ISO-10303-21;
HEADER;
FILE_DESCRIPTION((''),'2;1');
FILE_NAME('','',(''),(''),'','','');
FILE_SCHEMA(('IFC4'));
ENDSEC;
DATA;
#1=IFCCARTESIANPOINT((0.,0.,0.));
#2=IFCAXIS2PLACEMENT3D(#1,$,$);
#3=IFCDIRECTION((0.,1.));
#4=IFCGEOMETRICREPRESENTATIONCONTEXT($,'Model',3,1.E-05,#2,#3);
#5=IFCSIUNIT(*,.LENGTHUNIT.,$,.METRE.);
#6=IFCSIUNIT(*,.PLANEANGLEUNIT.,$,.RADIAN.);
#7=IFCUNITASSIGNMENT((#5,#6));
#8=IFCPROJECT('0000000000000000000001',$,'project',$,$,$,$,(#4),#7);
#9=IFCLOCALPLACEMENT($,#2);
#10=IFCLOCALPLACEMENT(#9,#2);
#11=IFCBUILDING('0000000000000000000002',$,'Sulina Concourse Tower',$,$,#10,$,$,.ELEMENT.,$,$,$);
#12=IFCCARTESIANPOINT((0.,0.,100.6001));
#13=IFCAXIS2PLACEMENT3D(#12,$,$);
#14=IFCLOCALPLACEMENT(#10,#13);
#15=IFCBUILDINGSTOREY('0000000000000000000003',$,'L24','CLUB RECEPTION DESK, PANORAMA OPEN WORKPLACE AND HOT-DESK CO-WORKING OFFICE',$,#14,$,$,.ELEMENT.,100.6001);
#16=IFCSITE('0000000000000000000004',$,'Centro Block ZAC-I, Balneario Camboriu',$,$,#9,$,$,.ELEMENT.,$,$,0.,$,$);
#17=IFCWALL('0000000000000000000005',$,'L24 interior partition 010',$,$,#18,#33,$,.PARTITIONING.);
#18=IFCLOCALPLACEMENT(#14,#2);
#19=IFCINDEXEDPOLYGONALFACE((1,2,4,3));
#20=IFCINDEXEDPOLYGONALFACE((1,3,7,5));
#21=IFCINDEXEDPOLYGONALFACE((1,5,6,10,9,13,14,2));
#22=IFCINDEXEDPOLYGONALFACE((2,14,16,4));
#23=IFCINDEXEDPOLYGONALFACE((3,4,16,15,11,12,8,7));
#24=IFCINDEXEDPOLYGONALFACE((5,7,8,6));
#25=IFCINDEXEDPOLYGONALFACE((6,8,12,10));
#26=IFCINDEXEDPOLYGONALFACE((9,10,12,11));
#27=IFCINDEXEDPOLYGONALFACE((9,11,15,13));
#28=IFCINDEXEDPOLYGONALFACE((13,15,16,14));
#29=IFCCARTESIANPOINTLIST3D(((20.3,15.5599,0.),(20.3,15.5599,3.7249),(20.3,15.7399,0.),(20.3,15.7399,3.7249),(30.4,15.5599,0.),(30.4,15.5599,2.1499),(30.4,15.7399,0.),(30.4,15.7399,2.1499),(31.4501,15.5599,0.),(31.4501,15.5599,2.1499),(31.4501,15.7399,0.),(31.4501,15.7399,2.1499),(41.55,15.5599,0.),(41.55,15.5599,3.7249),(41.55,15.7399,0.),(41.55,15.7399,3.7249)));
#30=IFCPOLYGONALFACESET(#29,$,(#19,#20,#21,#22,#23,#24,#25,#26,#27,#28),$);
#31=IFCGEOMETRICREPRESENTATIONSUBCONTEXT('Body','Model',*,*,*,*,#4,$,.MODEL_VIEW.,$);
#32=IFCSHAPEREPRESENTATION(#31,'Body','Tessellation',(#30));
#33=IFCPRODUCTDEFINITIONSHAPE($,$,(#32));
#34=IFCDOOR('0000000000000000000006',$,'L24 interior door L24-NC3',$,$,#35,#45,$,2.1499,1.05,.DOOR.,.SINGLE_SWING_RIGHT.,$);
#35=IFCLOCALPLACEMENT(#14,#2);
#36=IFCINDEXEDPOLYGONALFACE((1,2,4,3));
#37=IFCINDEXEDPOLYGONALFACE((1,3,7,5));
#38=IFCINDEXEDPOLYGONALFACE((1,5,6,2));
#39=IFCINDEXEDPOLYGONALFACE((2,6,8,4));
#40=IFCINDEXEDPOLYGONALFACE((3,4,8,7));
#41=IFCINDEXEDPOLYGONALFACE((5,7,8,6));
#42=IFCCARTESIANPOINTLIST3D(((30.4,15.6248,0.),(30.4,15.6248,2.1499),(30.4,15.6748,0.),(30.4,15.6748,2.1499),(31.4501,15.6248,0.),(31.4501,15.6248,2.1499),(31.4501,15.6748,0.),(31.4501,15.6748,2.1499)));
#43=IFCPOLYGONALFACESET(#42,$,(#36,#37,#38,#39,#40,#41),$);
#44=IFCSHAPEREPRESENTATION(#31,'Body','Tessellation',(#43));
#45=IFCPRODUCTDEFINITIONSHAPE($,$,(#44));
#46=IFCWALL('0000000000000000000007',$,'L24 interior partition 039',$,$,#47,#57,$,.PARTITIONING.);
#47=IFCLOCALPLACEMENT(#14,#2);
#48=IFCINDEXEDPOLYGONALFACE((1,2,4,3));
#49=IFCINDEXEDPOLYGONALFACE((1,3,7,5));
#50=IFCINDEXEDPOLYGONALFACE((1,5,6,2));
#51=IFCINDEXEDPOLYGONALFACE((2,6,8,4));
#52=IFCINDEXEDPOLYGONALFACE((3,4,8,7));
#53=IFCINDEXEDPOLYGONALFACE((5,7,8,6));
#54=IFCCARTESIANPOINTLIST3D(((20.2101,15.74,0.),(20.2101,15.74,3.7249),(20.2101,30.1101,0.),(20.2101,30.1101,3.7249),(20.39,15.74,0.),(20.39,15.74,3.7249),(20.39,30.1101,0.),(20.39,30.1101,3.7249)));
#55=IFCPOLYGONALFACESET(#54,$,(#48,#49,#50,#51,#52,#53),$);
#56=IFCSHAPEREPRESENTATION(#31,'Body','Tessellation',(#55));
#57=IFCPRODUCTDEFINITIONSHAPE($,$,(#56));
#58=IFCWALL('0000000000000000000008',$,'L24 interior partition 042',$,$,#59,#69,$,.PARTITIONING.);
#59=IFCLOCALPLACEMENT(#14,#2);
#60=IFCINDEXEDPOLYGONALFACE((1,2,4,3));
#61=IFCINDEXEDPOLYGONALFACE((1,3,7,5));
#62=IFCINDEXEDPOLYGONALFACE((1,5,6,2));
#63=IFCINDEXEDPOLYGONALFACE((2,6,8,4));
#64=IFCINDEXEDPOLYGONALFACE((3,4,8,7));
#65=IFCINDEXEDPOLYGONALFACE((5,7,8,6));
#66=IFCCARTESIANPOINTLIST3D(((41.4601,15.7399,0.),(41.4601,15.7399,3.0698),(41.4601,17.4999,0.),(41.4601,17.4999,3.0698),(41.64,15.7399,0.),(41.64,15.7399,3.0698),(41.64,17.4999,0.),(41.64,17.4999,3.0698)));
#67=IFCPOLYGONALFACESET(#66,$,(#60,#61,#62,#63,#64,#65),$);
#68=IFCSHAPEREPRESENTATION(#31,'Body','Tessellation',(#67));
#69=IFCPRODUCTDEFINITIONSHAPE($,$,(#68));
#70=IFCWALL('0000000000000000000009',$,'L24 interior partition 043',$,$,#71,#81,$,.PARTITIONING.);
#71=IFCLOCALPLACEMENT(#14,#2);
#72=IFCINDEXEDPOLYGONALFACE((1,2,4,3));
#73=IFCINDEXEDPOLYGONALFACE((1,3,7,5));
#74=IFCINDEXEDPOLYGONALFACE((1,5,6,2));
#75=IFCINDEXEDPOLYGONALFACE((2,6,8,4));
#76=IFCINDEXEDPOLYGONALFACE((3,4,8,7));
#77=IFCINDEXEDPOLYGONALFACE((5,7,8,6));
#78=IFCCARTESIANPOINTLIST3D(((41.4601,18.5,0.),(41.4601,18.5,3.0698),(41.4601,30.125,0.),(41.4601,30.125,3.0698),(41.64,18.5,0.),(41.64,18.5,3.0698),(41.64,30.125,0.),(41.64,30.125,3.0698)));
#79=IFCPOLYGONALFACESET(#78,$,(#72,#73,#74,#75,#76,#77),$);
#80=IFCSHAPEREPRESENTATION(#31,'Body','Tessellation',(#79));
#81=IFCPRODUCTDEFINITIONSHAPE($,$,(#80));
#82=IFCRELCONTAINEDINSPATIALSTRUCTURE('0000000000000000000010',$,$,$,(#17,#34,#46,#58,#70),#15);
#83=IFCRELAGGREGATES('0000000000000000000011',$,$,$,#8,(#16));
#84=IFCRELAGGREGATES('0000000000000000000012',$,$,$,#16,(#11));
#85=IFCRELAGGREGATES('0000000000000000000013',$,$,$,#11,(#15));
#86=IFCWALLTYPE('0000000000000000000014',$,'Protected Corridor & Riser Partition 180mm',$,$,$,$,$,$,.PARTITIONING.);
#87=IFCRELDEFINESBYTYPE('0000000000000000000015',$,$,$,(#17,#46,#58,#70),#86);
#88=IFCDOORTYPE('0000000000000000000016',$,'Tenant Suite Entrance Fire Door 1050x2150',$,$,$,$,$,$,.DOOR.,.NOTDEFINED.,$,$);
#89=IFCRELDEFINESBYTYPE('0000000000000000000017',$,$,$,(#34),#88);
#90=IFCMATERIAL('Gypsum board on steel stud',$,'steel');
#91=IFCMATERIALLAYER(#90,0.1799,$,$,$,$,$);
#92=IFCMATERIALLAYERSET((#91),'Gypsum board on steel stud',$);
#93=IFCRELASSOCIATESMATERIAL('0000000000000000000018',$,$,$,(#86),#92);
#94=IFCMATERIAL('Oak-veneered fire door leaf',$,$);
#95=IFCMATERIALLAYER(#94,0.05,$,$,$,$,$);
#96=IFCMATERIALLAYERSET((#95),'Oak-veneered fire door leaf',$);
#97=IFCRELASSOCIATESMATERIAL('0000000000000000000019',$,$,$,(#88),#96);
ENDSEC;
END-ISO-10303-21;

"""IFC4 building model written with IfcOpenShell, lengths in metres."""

from ifc_helpers import new_model, si_unit, direction, frame, frame_2d, origin, place, context, subcontext, project, spatial, rectangle, extrude, material, layer, layer_set, type_object, element, fill, save


model = new_model("IFC4")

# Units and contexts
model_context = context("Model", 3, precision=1e-05, world=origin(), true_north=direction((0.0, 1.0)))
body_context = subcontext(model_context, "Body", "Model", "MODEL_VIEW")
ifc_project = project(units=[si_unit("LENGTHUNIT", "METRE"), si_unit("PLANEANGLEUNIT", "RADIAN")], contexts=[model_context])

# Site, building, storey
site_placement = place(None, origin())
site = spatial("IfcSite", under=ifc_project, at=site_placement, Name="Centro Block ZAC-I, Balneario Camboriu", CompositionType="ELEMENT", RefElevation=0.0)
building_placement = place(site_placement, origin())
building = spatial("IfcBuilding", under=site, at=building_placement, Name="Sulina Concourse Tower", CompositionType="ELEMENT")
storey_placement = place(building_placement, frame((0.0, 0.0, 100.6001)))
storey = spatial("IfcBuildingStorey", under=building, at=storey_placement, Name="L24", Description="CLUB RECEPTION DESK, PANORAMA OPEN WORKPLACE AND HOT-DESK CO-WORKING OFFICE", CompositionType="ELEMENT", Elevation=100.6001)

# Wall, opening, door
ifc_material_1 = material(Name="Gypsum board on steel stud", Category="steel")
ifc_layer_1 = layer(ifc_material_1, 0.1799)
ifc_layer_set_1 = layer_set([ifc_layer_1], Name="Gypsum board on steel stud")
wall_type = type_object("IfcWallType", Name="Protected Corridor & Riser Partition 180mm", PredefinedType="PARTITIONING", material=ifc_layer_set_1)
ifc_material_2 = material(Name="Oak-veneered fire door leaf")
ifc_layer_2 = layer(ifc_material_2, 0.05)
ifc_layer_set_2 = layer_set([ifc_layer_2], Name="Oak-veneered fire door leaf")
door_type_1 = type_object("IfcDoorType", Name="Tenant Suite Entrance Fire Door 1050x2150", OperationType="NOTDEFINED", PredefinedType="DOOR", material=ifc_layer_set_2)
wall_1_placement = place(storey_placement, frame((20.3, 15.6499, 0.0), z_axis=(0.0, 0.0, 1.0), x_axis=(1.0, 0.0, 0.0)))
wall_1 = element("IfcWall", 1, at=wall_1_placement, inside=storey, type_object=wall_type, Name="L24 interior partition 010", PredefinedType="PARTITIONING", context=body_context, shape_type="SweptSolid", body=[
    extrude(rectangle(XDim=21.25, YDim=0.1799, at=frame_2d((10.625, 0.0))), origin(), (0.0, 0.0, 1.0), 3.7249),
])
opening_1_placement = place(wall_1_placement, frame((10.1001, 0.0, 0.0)))
opening_1 = element("IfcOpeningElement", 2, at=opening_1_placement, cuts=wall_1, PredefinedType="OPENING", context=body_context, shape_type="SweptSolid", body=[
    extrude(rectangle(XDim=1.05, YDim=2.1499, at=frame_2d((0.5249, 1.075))), frame((0.0, 0.0999, 0.0), z_axis=(0.0, -1.0, 0.0), x_axis=(1.0, 0.0, 0.0)), (0.0, 0.0, 1.0), 0.2),
])
door_1_placement = place(opening_1_placement, origin())
door_1 = element("IfcDoor", 3, at=door_1_placement, inside=storey, type_object=door_type_1, Name="L24 interior door L24-NC3", OperationType="SINGLE_SWING_RIGHT", OverallHeight=2.1499, OverallWidth=1.05, PredefinedType="DOOR", context=body_context, shape_type="SweptSolid", body=[
    extrude(rectangle(XDim=1.05, YDim=2.1499, at=frame_2d((0.5249, 1.075))), frame((0.0, 0.0249, 0.0), z_axis=(0.0, -1.0, 0.0), x_axis=(1.0, 0.0, 0.0)), (0.0, 0.0, 1.0), 0.05),
])
fill(opening_1, door_1)

# Walls
wall_2_placement = place(storey_placement, frame((20.3, 15.74, 0.0), z_axis=(0.0, 0.0, 1.0), x_axis=(0.0, 1.0, 0.0)))
element("IfcWall", 4, at=wall_2_placement, inside=storey, type_object=wall_type, Name="L24 interior partition 039", PredefinedType="PARTITIONING", context=body_context, shape_type="SweptSolid", body=[
    extrude(rectangle(XDim=14.3701, YDim=0.1799, at=frame_2d((7.1851, 0.0))), origin(), (0.0, 0.0, 1.0), 3.7249),
])
wall_3_placement = place(storey_placement, frame((41.55, 15.74, 0.0), z_axis=(0.0, 0.0, 1.0), x_axis=(0.0, 1.0, 0.0)))
element("IfcWall", 5, at=wall_3_placement, inside=storey, type_object=wall_type, Name="L24 interior partition 042", PredefinedType="PARTITIONING", context=body_context, shape_type="SweptSolid", body=[
    extrude(rectangle(XDim=1.76, YDim=0.1799, at=frame_2d((0.8799, 0.0))), origin(), (0.0, 0.0, 1.0), 3.0698),
])
wall_4_placement = place(storey_placement, frame((41.55, 18.5, 0.0), z_axis=(0.0, 0.0, 1.0), x_axis=(0.0, 1.0, 0.0)))
element("IfcWall", 6, at=wall_4_placement, inside=storey, type_object=wall_type, Name="L24 interior partition 043", PredefinedType="PARTITIONING", context=body_context, shape_type="SweptSolid", body=[
    extrude(rectangle(XDim=11.625, YDim=0.1799, at=frame_2d((5.8125, 0.0))), origin(), (0.0, 0.0, 1.0), 3.0698),
])

save(model, "model.ifc")
